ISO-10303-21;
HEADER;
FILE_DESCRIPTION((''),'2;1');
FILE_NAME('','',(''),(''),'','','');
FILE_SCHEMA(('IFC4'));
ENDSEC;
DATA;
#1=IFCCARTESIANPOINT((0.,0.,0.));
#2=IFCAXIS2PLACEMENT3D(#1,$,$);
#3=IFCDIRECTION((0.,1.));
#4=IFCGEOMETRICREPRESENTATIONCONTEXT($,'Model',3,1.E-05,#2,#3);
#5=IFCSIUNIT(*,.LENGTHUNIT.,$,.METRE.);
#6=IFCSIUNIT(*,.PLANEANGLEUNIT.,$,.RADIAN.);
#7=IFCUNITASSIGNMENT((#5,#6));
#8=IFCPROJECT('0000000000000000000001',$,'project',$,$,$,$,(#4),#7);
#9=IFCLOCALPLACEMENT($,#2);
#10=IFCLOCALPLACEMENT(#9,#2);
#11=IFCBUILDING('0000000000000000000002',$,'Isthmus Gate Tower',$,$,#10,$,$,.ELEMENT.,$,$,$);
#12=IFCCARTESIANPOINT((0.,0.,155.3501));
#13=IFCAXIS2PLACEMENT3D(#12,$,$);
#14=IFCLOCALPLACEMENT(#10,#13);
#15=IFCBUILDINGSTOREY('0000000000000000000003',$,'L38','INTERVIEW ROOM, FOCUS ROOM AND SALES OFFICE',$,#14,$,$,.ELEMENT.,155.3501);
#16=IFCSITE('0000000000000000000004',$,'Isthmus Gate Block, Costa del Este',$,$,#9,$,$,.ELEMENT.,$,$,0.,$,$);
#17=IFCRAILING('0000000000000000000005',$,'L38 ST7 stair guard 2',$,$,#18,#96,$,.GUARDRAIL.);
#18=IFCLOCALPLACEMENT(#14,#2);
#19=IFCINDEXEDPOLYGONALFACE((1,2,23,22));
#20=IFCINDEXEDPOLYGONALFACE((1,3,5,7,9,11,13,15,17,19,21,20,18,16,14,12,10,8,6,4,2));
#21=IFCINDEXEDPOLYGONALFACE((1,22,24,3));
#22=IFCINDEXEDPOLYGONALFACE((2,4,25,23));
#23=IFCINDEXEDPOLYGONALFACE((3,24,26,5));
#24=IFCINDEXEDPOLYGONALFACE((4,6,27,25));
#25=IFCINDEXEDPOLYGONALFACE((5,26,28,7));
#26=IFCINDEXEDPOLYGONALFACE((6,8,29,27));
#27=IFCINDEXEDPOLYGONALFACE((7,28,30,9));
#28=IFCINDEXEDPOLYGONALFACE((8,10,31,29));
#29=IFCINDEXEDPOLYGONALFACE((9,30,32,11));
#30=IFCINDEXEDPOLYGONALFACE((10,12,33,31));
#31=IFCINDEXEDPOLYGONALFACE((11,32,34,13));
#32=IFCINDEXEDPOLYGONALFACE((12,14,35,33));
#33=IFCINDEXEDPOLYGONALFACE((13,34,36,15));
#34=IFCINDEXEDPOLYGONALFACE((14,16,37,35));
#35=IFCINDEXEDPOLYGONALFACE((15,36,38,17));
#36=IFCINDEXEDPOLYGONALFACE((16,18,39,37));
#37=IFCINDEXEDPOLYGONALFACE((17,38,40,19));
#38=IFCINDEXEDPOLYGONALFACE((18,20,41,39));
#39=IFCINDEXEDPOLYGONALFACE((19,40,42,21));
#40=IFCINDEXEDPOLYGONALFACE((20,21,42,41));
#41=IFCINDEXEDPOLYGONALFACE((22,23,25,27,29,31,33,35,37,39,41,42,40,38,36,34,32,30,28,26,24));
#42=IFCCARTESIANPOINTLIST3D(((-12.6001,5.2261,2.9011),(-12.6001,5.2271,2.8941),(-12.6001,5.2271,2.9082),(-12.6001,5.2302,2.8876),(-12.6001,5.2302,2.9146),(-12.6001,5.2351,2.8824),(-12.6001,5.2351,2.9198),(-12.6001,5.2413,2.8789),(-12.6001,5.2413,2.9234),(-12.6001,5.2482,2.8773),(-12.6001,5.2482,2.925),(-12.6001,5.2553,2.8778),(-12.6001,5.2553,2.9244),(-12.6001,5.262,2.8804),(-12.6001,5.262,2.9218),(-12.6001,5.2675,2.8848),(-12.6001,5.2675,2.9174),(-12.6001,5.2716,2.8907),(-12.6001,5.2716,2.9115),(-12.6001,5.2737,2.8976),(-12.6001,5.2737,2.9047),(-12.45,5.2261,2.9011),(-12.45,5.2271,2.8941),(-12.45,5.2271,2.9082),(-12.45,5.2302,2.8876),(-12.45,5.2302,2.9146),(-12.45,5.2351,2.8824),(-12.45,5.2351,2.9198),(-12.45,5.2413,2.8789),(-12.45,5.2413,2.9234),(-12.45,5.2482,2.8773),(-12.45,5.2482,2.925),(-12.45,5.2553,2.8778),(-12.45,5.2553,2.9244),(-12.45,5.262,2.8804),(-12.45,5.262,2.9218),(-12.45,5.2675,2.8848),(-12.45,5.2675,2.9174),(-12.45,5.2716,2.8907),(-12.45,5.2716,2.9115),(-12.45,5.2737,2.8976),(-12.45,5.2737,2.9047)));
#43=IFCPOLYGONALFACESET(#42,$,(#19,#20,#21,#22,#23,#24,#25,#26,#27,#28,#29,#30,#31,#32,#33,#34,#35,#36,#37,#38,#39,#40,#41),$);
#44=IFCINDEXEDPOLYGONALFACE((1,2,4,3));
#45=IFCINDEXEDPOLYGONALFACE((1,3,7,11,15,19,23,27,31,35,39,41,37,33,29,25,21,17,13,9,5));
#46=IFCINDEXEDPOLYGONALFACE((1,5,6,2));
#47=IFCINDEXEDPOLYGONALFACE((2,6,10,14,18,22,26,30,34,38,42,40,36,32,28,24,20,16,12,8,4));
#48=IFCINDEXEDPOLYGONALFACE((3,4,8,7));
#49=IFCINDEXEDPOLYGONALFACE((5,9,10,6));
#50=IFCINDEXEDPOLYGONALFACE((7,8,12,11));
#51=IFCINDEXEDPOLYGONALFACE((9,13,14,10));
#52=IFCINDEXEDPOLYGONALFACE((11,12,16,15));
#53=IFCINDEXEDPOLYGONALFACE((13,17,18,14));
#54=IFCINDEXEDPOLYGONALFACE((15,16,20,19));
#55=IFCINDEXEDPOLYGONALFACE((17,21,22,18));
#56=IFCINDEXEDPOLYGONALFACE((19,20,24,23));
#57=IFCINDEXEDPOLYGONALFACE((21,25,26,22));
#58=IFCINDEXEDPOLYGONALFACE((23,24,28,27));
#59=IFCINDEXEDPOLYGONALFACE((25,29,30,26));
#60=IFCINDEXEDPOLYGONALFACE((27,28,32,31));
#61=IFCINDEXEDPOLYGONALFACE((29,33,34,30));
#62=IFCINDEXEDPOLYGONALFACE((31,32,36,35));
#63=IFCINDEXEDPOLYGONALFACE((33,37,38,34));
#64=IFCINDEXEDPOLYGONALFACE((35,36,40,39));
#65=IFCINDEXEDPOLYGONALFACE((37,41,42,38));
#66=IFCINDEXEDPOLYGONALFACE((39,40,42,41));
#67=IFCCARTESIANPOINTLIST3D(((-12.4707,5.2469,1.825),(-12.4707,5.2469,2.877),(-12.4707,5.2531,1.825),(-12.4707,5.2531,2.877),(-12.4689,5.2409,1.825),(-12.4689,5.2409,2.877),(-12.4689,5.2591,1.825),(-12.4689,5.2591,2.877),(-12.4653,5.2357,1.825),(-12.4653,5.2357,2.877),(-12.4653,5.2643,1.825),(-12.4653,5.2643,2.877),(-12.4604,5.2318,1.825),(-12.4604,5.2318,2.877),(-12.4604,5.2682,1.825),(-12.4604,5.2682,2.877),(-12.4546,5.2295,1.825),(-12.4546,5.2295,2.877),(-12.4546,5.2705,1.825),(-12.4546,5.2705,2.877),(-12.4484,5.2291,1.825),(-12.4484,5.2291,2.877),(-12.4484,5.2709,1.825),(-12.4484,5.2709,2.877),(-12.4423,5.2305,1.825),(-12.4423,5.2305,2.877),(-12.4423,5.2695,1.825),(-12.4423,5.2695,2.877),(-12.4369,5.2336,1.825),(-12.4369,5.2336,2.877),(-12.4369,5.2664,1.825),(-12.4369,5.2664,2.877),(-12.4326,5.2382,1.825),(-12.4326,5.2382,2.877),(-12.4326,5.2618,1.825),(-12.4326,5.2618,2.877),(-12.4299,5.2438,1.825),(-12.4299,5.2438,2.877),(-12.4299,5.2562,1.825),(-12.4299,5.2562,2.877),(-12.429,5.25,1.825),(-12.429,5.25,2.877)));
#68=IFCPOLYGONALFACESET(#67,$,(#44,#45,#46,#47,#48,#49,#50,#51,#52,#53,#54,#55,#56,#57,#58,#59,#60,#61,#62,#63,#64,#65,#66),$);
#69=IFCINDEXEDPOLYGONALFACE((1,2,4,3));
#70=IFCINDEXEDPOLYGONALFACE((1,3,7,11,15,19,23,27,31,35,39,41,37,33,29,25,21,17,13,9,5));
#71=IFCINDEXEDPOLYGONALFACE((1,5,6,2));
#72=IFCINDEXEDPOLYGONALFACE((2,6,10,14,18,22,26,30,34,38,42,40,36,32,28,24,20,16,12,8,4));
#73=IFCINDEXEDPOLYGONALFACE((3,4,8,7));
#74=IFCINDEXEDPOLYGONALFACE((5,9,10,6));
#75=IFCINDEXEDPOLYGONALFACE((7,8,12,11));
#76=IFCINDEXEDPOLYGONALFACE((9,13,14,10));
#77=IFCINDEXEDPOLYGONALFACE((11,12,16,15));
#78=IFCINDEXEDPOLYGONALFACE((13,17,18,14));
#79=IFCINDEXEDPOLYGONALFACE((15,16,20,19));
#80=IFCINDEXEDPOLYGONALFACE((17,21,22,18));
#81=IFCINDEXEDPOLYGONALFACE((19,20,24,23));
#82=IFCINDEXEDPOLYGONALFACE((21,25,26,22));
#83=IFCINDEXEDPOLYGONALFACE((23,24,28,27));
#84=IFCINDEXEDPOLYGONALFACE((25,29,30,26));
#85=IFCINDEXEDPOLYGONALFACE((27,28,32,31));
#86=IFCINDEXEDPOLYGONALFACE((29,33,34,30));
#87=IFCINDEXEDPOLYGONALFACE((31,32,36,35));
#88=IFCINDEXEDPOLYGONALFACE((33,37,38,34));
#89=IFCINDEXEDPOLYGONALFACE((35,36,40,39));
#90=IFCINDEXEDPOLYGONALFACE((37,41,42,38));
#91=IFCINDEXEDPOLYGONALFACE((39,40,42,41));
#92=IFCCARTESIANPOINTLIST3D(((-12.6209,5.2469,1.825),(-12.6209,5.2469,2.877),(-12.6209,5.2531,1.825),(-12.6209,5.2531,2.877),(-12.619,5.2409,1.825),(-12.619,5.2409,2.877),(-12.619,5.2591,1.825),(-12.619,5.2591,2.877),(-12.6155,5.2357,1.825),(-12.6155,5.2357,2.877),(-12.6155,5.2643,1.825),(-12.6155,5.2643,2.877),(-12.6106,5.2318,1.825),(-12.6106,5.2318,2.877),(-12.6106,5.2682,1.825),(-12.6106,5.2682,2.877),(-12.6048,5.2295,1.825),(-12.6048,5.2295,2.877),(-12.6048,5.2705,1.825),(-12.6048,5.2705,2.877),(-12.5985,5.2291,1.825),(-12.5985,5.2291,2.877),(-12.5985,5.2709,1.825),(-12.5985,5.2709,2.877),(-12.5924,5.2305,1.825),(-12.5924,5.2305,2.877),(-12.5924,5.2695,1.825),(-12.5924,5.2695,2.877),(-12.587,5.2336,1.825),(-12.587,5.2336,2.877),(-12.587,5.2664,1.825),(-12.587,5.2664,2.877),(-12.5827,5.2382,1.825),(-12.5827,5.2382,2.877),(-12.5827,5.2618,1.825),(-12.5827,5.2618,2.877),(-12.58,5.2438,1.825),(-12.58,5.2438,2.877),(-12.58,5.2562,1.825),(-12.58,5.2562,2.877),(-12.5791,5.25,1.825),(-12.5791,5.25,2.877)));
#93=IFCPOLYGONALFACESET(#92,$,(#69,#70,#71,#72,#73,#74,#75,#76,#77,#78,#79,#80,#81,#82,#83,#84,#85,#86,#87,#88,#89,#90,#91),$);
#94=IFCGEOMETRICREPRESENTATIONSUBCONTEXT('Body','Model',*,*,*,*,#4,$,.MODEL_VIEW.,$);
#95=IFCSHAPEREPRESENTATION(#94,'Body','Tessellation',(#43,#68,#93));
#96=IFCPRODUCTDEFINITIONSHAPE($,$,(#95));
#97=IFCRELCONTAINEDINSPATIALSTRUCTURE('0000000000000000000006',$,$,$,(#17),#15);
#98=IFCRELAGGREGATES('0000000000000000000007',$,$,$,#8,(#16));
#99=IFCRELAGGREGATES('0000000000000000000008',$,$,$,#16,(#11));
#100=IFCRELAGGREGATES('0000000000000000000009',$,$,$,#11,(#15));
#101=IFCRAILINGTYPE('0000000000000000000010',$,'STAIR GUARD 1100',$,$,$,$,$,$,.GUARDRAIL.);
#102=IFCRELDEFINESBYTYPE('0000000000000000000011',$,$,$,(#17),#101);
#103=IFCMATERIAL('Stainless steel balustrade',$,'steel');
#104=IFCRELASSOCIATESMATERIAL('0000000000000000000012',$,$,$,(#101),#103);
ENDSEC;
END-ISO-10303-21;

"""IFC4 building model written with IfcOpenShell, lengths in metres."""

from ifc_helpers import new_model, si_unit, direction, frame, origin, origin_2d, place, context, subcontext, project, spatial, circle, extrude, material, type_object, element, save


model = new_model("IFC4")

# Units and contexts
model_context = context("Model", 3, precision=1e-05, world=origin(), true_north=direction((0.0, 1.0)))
body_context = subcontext(model_context, "Body", "Model", "MODEL_VIEW")
ifc_project = project(units=[si_unit("LENGTHUNIT", "METRE"), si_unit("PLANEANGLEUNIT", "RADIAN")], contexts=[model_context])

# Site, building, storey
site_placement = place(None, origin())
site = spatial("IfcSite", under=ifc_project, at=site_placement, Name="Isthmus Gate Block, Costa del Este", CompositionType="ELEMENT", RefElevation=0.0)
building_placement = place(site_placement, origin())
building = spatial("IfcBuilding", under=site, at=building_placement, Name="Isthmus Gate Tower", CompositionType="ELEMENT")
storey_placement = place(building_placement, frame((0.0, 0.0, 155.3501)))
storey = spatial("IfcBuildingStorey", under=building, at=storey_placement, Name="L38", Description="INTERVIEW ROOM, FOCUS ROOM AND SALES OFFICE", CompositionType="ELEMENT", Elevation=155.3501)

# Railing
ifc_material_1 = material(Name="Stainless steel balustrade", Category="steel")
railing_type_1 = type_object("IfcRailingType", Name="STAIR GUARD 1100", PredefinedType="GUARDRAIL", material=ifc_material_1)
railing_1_placement = place(storey_placement, frame((-12.45, 5.25, 1.825)))
element("IfcRailing", 1, at=railing_1_placement, inside=storey, type_object=railing_type_1, Name="L38 ST7 stair guard 2", PredefinedType="GUARDRAIL", context=body_context, shape_type="SweptSolid", body=[
    extrude(circle(Radius=0.0239, at=origin_2d()), frame((0.0, 0.0, 1.0762), z_axis=(-1.0, 0.0, 0.0), x_axis=(0.0, -1.0, 0.0)), (0.0, 0.0, 1.0), 0.1501),
    extrude(circle(Radius=0.021, at=origin_2d()), origin(), (0.0, 0.0, 1.0), 1.052),
    extrude(circle(Radius=0.021, at=origin_2d()), frame((-0.1501, 0.0, 0.0)), (0.0, 0.0, 1.0), 1.052),
])

save(model, "model.ifc")
